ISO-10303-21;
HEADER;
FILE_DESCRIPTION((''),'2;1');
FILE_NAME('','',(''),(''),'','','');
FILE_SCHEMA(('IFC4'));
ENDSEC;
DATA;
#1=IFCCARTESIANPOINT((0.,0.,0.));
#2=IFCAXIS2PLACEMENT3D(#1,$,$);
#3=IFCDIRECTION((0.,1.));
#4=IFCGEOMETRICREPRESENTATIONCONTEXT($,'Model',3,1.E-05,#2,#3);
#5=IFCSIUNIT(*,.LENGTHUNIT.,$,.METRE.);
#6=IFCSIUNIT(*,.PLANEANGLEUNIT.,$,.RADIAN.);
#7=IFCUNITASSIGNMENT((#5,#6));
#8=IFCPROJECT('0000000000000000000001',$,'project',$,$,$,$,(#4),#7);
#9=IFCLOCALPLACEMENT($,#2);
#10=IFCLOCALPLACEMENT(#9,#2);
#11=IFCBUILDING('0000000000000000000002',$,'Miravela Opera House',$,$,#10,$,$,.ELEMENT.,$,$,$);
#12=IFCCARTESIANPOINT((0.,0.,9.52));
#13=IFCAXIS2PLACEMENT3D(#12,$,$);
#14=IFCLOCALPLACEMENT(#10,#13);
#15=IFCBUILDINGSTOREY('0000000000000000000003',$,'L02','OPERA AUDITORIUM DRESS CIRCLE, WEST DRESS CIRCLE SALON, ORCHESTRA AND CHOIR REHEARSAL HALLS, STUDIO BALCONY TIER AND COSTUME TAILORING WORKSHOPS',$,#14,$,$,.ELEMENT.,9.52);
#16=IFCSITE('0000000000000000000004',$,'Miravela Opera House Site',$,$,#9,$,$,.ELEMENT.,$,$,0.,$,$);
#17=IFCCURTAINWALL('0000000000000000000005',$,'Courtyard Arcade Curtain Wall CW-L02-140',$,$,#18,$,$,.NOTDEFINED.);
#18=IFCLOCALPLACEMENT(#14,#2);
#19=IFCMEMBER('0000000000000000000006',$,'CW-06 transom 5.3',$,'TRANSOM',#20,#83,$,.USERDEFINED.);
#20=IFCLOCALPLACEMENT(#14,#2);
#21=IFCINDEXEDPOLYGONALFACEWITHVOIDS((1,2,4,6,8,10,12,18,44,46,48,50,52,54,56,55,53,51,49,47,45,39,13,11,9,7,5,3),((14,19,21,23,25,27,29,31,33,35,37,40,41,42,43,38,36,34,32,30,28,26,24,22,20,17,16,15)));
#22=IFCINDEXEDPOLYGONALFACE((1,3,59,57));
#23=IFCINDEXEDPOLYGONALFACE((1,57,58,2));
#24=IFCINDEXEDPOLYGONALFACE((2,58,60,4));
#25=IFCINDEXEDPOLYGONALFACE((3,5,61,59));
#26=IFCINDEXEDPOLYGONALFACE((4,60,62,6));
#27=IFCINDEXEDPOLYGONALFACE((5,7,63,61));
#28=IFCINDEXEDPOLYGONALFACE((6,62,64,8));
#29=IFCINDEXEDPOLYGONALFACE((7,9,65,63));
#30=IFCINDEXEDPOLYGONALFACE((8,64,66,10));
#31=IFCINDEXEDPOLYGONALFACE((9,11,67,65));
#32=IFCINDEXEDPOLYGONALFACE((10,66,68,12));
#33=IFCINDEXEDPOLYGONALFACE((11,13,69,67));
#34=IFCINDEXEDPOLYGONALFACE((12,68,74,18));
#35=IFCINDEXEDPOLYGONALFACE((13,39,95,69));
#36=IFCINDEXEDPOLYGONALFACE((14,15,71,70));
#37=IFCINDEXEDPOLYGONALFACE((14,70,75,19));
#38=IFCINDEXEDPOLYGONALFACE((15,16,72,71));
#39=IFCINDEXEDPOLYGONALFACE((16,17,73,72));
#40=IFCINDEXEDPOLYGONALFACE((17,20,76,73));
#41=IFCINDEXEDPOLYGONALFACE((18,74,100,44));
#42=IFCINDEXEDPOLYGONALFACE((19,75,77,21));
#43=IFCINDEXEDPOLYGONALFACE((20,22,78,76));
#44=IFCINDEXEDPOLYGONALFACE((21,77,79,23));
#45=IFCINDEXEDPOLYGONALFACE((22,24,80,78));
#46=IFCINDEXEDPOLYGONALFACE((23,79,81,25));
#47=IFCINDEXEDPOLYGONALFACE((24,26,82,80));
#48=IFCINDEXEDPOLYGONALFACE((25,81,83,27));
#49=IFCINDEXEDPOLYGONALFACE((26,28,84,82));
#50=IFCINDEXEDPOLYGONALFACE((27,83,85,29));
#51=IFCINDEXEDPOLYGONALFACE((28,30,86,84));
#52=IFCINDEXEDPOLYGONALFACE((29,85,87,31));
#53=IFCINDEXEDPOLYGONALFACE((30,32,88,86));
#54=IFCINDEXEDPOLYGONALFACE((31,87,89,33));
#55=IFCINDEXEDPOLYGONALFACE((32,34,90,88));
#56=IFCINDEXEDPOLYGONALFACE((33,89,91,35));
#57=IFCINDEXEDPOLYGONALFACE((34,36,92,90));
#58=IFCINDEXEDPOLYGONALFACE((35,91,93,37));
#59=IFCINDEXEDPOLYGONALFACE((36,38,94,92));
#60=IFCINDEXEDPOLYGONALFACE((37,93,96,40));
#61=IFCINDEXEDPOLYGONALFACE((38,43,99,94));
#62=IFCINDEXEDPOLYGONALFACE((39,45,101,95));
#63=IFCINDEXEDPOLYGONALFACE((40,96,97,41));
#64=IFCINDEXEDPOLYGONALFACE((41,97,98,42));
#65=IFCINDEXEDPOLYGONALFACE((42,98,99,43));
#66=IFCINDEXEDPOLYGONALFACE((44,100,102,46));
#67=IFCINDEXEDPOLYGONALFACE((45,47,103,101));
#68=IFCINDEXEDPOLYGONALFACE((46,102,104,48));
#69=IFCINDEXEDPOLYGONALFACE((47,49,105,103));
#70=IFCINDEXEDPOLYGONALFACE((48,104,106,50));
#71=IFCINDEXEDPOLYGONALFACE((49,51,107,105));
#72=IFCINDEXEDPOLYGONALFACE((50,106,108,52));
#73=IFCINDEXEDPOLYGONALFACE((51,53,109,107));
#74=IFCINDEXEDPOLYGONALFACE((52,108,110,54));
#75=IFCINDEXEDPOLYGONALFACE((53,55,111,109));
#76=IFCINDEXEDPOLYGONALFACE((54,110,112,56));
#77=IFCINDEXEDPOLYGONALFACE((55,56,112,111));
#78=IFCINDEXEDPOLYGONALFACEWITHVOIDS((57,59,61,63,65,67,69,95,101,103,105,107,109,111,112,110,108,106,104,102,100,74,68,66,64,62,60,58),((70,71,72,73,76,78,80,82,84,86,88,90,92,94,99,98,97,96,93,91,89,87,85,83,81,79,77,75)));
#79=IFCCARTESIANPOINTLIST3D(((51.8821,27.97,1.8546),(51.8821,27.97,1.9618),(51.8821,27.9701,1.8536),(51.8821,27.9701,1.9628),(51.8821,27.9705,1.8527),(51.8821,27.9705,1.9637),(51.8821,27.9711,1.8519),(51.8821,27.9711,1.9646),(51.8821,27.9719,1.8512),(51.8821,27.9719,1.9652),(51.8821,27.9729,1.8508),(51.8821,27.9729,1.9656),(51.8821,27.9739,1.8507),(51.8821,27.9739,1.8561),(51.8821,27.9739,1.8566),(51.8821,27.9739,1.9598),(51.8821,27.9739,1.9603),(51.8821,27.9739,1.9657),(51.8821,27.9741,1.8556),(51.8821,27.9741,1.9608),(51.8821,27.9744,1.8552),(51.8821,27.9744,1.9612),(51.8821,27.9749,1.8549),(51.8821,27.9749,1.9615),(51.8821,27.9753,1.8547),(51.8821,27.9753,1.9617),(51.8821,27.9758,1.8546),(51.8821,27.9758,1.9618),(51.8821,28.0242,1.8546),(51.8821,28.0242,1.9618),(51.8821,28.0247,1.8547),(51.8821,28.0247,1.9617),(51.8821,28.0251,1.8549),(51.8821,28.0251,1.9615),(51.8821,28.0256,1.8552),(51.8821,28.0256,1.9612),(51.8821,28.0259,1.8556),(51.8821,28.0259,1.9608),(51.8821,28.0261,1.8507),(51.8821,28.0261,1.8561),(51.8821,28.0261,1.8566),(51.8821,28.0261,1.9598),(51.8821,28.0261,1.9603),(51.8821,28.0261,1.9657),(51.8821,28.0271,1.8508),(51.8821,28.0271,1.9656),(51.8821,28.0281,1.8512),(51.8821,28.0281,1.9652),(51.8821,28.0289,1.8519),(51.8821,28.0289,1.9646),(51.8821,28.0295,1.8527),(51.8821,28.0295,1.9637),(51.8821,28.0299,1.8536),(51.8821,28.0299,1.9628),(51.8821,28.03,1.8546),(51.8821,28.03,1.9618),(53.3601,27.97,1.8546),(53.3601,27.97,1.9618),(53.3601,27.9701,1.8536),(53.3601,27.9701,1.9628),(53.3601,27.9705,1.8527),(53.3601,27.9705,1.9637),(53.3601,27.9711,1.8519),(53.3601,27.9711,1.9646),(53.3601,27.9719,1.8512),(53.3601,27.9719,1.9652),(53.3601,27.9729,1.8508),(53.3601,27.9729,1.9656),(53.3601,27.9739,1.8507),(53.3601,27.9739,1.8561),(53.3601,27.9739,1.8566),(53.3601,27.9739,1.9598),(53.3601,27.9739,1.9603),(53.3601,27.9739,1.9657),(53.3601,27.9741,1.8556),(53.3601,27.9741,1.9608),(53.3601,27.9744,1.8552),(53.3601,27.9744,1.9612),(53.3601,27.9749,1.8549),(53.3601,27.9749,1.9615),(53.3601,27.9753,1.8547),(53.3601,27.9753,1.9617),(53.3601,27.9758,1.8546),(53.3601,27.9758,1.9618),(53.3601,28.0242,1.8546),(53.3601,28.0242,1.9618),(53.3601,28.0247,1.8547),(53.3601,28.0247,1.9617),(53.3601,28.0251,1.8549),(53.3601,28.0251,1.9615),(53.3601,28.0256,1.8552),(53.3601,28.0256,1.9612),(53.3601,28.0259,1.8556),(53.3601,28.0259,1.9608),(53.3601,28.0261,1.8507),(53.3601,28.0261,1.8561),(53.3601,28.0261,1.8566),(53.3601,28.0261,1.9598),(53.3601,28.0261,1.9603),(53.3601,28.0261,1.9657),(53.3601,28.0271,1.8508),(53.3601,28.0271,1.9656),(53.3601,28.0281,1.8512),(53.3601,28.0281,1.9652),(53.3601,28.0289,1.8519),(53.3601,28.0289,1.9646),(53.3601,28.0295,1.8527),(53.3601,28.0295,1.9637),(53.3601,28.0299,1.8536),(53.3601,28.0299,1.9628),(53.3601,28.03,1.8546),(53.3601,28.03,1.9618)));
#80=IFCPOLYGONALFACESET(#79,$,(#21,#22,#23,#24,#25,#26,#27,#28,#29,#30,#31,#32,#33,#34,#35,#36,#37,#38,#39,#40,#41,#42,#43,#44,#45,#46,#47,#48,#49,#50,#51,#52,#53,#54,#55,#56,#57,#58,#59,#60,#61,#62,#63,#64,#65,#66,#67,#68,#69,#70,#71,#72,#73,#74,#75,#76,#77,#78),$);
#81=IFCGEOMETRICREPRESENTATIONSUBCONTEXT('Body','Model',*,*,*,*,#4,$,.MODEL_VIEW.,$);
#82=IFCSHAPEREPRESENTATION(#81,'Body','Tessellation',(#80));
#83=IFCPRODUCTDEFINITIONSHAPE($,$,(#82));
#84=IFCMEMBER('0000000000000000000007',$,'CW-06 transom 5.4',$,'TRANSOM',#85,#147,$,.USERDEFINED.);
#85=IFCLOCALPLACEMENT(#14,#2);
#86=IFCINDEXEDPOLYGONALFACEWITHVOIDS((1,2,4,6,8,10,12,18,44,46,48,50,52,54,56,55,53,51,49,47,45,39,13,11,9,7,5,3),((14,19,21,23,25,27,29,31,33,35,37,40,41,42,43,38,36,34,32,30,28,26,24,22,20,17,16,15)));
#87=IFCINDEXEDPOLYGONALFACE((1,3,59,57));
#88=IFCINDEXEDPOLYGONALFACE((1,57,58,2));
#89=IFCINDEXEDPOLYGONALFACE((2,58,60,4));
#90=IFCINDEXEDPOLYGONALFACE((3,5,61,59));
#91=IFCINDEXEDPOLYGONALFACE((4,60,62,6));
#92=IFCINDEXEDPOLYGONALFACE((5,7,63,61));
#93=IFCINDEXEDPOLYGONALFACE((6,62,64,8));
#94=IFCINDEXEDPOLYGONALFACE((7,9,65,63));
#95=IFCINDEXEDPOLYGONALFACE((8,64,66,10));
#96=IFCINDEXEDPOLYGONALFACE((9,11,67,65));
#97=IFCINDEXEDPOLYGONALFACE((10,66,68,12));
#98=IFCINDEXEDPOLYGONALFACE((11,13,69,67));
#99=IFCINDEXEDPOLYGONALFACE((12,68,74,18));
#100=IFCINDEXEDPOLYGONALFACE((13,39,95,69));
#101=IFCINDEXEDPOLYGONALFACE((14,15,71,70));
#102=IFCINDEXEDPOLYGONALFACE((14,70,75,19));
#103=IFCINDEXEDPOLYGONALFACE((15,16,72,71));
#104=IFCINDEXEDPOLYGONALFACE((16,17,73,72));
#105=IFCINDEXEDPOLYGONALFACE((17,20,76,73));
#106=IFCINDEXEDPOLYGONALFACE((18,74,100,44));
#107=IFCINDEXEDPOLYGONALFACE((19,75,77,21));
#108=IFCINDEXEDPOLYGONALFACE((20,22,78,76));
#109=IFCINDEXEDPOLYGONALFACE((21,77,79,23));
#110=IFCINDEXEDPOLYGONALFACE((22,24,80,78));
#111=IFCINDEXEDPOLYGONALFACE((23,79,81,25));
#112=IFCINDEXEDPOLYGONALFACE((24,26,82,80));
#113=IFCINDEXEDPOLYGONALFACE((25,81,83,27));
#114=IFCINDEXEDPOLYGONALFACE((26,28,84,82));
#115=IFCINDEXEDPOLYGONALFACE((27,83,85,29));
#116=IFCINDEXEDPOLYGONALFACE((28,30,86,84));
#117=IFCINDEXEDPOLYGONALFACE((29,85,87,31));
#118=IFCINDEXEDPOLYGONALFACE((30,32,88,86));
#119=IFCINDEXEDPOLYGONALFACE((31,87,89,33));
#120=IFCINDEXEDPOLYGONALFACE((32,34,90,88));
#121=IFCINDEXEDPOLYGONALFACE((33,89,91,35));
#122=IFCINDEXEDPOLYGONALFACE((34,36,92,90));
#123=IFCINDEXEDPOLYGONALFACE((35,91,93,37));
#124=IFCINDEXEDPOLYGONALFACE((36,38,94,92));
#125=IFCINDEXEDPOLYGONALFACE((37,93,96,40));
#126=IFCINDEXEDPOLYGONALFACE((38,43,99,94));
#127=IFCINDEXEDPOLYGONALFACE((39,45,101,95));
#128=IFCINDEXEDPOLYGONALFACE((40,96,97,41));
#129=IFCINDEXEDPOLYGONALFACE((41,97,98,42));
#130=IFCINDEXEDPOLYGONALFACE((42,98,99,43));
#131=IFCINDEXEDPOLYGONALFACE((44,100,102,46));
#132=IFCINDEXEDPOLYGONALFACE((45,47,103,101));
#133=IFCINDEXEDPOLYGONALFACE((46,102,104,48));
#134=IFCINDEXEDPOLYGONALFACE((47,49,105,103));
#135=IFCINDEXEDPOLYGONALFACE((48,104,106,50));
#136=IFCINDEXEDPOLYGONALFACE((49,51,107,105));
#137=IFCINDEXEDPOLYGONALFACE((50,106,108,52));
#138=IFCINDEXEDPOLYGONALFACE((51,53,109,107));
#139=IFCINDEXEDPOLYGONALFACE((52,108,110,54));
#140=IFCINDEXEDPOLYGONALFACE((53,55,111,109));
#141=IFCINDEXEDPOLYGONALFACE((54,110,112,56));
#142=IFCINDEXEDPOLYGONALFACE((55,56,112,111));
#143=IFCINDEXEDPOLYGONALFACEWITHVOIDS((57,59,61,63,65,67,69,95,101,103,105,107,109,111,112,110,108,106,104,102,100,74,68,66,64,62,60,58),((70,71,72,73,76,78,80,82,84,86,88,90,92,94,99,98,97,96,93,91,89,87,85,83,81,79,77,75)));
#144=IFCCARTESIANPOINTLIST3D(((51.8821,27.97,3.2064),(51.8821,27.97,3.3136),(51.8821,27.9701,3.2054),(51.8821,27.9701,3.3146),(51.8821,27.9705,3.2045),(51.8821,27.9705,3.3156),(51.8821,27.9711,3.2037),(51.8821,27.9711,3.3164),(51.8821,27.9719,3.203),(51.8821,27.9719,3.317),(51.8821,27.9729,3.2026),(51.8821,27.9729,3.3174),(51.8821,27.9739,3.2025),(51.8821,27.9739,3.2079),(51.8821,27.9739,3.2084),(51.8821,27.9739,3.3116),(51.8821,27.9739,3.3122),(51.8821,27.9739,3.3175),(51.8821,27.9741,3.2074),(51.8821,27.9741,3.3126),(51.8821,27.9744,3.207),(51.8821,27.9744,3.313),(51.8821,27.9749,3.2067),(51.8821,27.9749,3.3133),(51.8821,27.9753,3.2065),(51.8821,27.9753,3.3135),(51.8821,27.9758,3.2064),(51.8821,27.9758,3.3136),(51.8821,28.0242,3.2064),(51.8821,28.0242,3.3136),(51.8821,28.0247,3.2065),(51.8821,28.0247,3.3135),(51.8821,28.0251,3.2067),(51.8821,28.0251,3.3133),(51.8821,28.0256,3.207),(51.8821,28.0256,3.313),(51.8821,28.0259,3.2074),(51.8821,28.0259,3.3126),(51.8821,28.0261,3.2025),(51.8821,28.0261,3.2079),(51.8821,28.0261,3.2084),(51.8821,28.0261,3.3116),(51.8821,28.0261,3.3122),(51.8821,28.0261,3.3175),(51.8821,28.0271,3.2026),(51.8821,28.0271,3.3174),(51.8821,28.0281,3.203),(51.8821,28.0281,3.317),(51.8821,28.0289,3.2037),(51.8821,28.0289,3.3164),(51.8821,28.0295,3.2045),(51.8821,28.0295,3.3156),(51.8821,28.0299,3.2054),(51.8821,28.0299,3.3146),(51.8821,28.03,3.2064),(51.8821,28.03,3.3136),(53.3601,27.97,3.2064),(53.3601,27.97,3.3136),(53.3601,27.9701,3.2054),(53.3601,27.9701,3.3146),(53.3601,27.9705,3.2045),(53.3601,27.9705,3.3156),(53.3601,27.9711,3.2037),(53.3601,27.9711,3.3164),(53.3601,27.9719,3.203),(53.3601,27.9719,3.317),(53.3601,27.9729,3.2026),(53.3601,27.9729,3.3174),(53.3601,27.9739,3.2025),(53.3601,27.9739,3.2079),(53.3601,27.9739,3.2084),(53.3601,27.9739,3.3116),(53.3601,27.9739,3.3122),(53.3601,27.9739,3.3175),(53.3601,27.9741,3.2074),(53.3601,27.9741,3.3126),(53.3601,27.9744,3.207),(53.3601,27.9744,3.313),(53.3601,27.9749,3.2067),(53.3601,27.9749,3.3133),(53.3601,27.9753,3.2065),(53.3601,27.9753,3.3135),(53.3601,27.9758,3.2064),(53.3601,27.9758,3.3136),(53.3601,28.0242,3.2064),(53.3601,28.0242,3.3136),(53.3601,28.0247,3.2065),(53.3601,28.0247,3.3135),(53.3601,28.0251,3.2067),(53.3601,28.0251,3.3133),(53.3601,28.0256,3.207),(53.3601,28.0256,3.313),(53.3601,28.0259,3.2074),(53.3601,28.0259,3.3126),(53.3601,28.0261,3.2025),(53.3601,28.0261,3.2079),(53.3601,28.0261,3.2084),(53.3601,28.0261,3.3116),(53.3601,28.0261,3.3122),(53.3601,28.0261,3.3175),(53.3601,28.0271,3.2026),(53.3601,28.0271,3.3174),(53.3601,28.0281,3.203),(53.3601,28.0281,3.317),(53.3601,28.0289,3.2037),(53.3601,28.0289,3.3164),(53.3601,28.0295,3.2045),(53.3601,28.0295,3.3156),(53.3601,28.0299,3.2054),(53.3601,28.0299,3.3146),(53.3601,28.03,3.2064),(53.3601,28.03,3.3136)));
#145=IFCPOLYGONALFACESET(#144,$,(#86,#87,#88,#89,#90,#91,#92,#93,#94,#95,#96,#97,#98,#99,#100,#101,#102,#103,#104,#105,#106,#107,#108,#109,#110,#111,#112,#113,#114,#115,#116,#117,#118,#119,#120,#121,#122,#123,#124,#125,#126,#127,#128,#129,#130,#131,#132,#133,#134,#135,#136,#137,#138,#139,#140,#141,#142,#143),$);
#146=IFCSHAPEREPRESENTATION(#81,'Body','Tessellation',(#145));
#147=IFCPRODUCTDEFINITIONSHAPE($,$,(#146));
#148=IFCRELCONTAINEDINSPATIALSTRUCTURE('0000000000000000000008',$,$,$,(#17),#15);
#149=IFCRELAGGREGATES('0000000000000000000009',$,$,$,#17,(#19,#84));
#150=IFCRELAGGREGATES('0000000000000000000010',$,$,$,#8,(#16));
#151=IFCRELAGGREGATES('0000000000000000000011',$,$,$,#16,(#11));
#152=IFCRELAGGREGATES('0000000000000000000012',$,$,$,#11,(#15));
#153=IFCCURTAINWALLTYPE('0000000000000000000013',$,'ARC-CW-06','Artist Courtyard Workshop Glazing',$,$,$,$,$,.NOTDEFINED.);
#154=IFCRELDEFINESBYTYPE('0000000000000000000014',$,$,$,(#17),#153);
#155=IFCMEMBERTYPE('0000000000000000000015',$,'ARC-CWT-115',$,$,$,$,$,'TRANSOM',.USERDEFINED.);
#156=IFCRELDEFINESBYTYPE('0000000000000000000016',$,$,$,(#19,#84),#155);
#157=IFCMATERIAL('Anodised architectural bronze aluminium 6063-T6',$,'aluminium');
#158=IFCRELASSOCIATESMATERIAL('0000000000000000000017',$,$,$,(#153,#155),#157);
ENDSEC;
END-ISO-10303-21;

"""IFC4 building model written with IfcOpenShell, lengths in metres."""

from ifc_helpers import new_model, si_unit, direction, frame, origin, origin_2d, place, context, subcontext, project, spatial, hollow_rectangle, extrude, material, material_profile, profile_set, type_object, element, aggregate, save


model = new_model("IFC4")

# Units and contexts
model_context = context("Model", 3, precision=1e-05, world=origin(), true_north=direction((0.0, 1.0)))
body_context = subcontext(model_context, "Body", "Model", "MODEL_VIEW")
ifc_project = project(units=[si_unit("LENGTHUNIT", "METRE"), si_unit("PLANEANGLEUNIT", "RADIAN")], contexts=[model_context])

# Site, building, storey
site_placement = place(None, origin())
site = spatial("IfcSite", under=ifc_project, at=site_placement, Name="Miravela Opera House Site", CompositionType="ELEMENT", RefElevation=0.0)
building_placement = place(site_placement, origin())
building = spatial("IfcBuilding", under=site, at=building_placement, Name="Miravela Opera House", CompositionType="ELEMENT")
storey_placement = place(building_placement, frame((0.0, 0.0, 9.52)))
storey = spatial("IfcBuildingStorey", under=building, at=storey_placement, Name="L02", Description="OPERA AUDITORIUM DRESS CIRCLE, WEST DRESS CIRCLE SALON, ORCHESTRA AND CHOIR REHEARSAL HALLS, STUDIO BALCONY TIER AND COSTUME TAILORING WORKSHOPS", CompositionType="ELEMENT", Elevation=9.52)

# Curtain wall
ifc_material_1 = material(Name="Anodised architectural bronze aluminium 6063-T6", Category="aluminium")
curtain_wall_type = type_object("IfcCurtainWallType", Name="ARC-CW-06", Description="Artist Courtyard Workshop Glazing", PredefinedType="NOTDEFINED", material=ifc_material_1)
curtain_wall_1_placement = place(storey_placement, origin())
curtain_wall_1 = element("IfcCurtainWall", 1, at=curtain_wall_1_placement, inside=storey, type_object=curtain_wall_type, Name="Courtyard Arcade Curtain Wall CW-L02-140", PredefinedType="NOTDEFINED")

# Members
ifc_material_profile_1 = material_profile(ifc_material_1, hollow_rectangle(XDim=0.0601, YDim=0.115, WallThickness=0.0039, InnerFilletRadius=0.002, OuterFilletRadius=0.0039, at=origin_2d()), Name="CWT-60X115")
ifc_profile_set_1 = profile_set([ifc_material_profile_1])
member_type_1 = type_object("IfcMemberType", Name="ARC-CWT-115", ElementType="TRANSOM", PredefinedType="USERDEFINED", material=ifc_profile_set_1)
member_1_placement = place(storey_placement, frame((51.8821, 28.0, 1.9082), z_axis=(1.0, 0.0, 0.0), x_axis=(0.0, 1.0, 0.0)))
member_1 = element("IfcMember", 2, at=member_1_placement, type_object=member_type_1, Name="CW-06 transom 5.3", ObjectType="TRANSOM", PredefinedType="USERDEFINED", context=body_context, shape_type="SweptSolid", body=[
    extrude(hollow_rectangle(XDim=0.0601, YDim=0.115, WallThickness=0.0039, InnerFilletRadius=0.002, OuterFilletRadius=0.0039, at=origin_2d()), origin(), (0.0, 0.0, 1.0), 1.478),
])
member_2_placement = place(storey_placement, frame((51.8821, 28.0, 3.26), z_axis=(1.0, 0.0, 0.0), x_axis=(0.0, 1.0, 0.0)))
member_2 = element("IfcMember", 3, at=member_2_placement, type_object=member_type_1, Name="CW-06 transom 5.4", ObjectType="TRANSOM", PredefinedType="USERDEFINED", context=body_context, shape_type="SweptSolid", body=[
    extrude(hollow_rectangle(XDim=0.0601, YDim=0.115, WallThickness=0.0039, InnerFilletRadius=0.002, OuterFilletRadius=0.0039, at=origin_2d()), origin(), (0.0, 0.0, 1.0), 1.478),
])

aggregate(curtain_wall_1, [member_1, member_2])

save(model, "model.ifc")
